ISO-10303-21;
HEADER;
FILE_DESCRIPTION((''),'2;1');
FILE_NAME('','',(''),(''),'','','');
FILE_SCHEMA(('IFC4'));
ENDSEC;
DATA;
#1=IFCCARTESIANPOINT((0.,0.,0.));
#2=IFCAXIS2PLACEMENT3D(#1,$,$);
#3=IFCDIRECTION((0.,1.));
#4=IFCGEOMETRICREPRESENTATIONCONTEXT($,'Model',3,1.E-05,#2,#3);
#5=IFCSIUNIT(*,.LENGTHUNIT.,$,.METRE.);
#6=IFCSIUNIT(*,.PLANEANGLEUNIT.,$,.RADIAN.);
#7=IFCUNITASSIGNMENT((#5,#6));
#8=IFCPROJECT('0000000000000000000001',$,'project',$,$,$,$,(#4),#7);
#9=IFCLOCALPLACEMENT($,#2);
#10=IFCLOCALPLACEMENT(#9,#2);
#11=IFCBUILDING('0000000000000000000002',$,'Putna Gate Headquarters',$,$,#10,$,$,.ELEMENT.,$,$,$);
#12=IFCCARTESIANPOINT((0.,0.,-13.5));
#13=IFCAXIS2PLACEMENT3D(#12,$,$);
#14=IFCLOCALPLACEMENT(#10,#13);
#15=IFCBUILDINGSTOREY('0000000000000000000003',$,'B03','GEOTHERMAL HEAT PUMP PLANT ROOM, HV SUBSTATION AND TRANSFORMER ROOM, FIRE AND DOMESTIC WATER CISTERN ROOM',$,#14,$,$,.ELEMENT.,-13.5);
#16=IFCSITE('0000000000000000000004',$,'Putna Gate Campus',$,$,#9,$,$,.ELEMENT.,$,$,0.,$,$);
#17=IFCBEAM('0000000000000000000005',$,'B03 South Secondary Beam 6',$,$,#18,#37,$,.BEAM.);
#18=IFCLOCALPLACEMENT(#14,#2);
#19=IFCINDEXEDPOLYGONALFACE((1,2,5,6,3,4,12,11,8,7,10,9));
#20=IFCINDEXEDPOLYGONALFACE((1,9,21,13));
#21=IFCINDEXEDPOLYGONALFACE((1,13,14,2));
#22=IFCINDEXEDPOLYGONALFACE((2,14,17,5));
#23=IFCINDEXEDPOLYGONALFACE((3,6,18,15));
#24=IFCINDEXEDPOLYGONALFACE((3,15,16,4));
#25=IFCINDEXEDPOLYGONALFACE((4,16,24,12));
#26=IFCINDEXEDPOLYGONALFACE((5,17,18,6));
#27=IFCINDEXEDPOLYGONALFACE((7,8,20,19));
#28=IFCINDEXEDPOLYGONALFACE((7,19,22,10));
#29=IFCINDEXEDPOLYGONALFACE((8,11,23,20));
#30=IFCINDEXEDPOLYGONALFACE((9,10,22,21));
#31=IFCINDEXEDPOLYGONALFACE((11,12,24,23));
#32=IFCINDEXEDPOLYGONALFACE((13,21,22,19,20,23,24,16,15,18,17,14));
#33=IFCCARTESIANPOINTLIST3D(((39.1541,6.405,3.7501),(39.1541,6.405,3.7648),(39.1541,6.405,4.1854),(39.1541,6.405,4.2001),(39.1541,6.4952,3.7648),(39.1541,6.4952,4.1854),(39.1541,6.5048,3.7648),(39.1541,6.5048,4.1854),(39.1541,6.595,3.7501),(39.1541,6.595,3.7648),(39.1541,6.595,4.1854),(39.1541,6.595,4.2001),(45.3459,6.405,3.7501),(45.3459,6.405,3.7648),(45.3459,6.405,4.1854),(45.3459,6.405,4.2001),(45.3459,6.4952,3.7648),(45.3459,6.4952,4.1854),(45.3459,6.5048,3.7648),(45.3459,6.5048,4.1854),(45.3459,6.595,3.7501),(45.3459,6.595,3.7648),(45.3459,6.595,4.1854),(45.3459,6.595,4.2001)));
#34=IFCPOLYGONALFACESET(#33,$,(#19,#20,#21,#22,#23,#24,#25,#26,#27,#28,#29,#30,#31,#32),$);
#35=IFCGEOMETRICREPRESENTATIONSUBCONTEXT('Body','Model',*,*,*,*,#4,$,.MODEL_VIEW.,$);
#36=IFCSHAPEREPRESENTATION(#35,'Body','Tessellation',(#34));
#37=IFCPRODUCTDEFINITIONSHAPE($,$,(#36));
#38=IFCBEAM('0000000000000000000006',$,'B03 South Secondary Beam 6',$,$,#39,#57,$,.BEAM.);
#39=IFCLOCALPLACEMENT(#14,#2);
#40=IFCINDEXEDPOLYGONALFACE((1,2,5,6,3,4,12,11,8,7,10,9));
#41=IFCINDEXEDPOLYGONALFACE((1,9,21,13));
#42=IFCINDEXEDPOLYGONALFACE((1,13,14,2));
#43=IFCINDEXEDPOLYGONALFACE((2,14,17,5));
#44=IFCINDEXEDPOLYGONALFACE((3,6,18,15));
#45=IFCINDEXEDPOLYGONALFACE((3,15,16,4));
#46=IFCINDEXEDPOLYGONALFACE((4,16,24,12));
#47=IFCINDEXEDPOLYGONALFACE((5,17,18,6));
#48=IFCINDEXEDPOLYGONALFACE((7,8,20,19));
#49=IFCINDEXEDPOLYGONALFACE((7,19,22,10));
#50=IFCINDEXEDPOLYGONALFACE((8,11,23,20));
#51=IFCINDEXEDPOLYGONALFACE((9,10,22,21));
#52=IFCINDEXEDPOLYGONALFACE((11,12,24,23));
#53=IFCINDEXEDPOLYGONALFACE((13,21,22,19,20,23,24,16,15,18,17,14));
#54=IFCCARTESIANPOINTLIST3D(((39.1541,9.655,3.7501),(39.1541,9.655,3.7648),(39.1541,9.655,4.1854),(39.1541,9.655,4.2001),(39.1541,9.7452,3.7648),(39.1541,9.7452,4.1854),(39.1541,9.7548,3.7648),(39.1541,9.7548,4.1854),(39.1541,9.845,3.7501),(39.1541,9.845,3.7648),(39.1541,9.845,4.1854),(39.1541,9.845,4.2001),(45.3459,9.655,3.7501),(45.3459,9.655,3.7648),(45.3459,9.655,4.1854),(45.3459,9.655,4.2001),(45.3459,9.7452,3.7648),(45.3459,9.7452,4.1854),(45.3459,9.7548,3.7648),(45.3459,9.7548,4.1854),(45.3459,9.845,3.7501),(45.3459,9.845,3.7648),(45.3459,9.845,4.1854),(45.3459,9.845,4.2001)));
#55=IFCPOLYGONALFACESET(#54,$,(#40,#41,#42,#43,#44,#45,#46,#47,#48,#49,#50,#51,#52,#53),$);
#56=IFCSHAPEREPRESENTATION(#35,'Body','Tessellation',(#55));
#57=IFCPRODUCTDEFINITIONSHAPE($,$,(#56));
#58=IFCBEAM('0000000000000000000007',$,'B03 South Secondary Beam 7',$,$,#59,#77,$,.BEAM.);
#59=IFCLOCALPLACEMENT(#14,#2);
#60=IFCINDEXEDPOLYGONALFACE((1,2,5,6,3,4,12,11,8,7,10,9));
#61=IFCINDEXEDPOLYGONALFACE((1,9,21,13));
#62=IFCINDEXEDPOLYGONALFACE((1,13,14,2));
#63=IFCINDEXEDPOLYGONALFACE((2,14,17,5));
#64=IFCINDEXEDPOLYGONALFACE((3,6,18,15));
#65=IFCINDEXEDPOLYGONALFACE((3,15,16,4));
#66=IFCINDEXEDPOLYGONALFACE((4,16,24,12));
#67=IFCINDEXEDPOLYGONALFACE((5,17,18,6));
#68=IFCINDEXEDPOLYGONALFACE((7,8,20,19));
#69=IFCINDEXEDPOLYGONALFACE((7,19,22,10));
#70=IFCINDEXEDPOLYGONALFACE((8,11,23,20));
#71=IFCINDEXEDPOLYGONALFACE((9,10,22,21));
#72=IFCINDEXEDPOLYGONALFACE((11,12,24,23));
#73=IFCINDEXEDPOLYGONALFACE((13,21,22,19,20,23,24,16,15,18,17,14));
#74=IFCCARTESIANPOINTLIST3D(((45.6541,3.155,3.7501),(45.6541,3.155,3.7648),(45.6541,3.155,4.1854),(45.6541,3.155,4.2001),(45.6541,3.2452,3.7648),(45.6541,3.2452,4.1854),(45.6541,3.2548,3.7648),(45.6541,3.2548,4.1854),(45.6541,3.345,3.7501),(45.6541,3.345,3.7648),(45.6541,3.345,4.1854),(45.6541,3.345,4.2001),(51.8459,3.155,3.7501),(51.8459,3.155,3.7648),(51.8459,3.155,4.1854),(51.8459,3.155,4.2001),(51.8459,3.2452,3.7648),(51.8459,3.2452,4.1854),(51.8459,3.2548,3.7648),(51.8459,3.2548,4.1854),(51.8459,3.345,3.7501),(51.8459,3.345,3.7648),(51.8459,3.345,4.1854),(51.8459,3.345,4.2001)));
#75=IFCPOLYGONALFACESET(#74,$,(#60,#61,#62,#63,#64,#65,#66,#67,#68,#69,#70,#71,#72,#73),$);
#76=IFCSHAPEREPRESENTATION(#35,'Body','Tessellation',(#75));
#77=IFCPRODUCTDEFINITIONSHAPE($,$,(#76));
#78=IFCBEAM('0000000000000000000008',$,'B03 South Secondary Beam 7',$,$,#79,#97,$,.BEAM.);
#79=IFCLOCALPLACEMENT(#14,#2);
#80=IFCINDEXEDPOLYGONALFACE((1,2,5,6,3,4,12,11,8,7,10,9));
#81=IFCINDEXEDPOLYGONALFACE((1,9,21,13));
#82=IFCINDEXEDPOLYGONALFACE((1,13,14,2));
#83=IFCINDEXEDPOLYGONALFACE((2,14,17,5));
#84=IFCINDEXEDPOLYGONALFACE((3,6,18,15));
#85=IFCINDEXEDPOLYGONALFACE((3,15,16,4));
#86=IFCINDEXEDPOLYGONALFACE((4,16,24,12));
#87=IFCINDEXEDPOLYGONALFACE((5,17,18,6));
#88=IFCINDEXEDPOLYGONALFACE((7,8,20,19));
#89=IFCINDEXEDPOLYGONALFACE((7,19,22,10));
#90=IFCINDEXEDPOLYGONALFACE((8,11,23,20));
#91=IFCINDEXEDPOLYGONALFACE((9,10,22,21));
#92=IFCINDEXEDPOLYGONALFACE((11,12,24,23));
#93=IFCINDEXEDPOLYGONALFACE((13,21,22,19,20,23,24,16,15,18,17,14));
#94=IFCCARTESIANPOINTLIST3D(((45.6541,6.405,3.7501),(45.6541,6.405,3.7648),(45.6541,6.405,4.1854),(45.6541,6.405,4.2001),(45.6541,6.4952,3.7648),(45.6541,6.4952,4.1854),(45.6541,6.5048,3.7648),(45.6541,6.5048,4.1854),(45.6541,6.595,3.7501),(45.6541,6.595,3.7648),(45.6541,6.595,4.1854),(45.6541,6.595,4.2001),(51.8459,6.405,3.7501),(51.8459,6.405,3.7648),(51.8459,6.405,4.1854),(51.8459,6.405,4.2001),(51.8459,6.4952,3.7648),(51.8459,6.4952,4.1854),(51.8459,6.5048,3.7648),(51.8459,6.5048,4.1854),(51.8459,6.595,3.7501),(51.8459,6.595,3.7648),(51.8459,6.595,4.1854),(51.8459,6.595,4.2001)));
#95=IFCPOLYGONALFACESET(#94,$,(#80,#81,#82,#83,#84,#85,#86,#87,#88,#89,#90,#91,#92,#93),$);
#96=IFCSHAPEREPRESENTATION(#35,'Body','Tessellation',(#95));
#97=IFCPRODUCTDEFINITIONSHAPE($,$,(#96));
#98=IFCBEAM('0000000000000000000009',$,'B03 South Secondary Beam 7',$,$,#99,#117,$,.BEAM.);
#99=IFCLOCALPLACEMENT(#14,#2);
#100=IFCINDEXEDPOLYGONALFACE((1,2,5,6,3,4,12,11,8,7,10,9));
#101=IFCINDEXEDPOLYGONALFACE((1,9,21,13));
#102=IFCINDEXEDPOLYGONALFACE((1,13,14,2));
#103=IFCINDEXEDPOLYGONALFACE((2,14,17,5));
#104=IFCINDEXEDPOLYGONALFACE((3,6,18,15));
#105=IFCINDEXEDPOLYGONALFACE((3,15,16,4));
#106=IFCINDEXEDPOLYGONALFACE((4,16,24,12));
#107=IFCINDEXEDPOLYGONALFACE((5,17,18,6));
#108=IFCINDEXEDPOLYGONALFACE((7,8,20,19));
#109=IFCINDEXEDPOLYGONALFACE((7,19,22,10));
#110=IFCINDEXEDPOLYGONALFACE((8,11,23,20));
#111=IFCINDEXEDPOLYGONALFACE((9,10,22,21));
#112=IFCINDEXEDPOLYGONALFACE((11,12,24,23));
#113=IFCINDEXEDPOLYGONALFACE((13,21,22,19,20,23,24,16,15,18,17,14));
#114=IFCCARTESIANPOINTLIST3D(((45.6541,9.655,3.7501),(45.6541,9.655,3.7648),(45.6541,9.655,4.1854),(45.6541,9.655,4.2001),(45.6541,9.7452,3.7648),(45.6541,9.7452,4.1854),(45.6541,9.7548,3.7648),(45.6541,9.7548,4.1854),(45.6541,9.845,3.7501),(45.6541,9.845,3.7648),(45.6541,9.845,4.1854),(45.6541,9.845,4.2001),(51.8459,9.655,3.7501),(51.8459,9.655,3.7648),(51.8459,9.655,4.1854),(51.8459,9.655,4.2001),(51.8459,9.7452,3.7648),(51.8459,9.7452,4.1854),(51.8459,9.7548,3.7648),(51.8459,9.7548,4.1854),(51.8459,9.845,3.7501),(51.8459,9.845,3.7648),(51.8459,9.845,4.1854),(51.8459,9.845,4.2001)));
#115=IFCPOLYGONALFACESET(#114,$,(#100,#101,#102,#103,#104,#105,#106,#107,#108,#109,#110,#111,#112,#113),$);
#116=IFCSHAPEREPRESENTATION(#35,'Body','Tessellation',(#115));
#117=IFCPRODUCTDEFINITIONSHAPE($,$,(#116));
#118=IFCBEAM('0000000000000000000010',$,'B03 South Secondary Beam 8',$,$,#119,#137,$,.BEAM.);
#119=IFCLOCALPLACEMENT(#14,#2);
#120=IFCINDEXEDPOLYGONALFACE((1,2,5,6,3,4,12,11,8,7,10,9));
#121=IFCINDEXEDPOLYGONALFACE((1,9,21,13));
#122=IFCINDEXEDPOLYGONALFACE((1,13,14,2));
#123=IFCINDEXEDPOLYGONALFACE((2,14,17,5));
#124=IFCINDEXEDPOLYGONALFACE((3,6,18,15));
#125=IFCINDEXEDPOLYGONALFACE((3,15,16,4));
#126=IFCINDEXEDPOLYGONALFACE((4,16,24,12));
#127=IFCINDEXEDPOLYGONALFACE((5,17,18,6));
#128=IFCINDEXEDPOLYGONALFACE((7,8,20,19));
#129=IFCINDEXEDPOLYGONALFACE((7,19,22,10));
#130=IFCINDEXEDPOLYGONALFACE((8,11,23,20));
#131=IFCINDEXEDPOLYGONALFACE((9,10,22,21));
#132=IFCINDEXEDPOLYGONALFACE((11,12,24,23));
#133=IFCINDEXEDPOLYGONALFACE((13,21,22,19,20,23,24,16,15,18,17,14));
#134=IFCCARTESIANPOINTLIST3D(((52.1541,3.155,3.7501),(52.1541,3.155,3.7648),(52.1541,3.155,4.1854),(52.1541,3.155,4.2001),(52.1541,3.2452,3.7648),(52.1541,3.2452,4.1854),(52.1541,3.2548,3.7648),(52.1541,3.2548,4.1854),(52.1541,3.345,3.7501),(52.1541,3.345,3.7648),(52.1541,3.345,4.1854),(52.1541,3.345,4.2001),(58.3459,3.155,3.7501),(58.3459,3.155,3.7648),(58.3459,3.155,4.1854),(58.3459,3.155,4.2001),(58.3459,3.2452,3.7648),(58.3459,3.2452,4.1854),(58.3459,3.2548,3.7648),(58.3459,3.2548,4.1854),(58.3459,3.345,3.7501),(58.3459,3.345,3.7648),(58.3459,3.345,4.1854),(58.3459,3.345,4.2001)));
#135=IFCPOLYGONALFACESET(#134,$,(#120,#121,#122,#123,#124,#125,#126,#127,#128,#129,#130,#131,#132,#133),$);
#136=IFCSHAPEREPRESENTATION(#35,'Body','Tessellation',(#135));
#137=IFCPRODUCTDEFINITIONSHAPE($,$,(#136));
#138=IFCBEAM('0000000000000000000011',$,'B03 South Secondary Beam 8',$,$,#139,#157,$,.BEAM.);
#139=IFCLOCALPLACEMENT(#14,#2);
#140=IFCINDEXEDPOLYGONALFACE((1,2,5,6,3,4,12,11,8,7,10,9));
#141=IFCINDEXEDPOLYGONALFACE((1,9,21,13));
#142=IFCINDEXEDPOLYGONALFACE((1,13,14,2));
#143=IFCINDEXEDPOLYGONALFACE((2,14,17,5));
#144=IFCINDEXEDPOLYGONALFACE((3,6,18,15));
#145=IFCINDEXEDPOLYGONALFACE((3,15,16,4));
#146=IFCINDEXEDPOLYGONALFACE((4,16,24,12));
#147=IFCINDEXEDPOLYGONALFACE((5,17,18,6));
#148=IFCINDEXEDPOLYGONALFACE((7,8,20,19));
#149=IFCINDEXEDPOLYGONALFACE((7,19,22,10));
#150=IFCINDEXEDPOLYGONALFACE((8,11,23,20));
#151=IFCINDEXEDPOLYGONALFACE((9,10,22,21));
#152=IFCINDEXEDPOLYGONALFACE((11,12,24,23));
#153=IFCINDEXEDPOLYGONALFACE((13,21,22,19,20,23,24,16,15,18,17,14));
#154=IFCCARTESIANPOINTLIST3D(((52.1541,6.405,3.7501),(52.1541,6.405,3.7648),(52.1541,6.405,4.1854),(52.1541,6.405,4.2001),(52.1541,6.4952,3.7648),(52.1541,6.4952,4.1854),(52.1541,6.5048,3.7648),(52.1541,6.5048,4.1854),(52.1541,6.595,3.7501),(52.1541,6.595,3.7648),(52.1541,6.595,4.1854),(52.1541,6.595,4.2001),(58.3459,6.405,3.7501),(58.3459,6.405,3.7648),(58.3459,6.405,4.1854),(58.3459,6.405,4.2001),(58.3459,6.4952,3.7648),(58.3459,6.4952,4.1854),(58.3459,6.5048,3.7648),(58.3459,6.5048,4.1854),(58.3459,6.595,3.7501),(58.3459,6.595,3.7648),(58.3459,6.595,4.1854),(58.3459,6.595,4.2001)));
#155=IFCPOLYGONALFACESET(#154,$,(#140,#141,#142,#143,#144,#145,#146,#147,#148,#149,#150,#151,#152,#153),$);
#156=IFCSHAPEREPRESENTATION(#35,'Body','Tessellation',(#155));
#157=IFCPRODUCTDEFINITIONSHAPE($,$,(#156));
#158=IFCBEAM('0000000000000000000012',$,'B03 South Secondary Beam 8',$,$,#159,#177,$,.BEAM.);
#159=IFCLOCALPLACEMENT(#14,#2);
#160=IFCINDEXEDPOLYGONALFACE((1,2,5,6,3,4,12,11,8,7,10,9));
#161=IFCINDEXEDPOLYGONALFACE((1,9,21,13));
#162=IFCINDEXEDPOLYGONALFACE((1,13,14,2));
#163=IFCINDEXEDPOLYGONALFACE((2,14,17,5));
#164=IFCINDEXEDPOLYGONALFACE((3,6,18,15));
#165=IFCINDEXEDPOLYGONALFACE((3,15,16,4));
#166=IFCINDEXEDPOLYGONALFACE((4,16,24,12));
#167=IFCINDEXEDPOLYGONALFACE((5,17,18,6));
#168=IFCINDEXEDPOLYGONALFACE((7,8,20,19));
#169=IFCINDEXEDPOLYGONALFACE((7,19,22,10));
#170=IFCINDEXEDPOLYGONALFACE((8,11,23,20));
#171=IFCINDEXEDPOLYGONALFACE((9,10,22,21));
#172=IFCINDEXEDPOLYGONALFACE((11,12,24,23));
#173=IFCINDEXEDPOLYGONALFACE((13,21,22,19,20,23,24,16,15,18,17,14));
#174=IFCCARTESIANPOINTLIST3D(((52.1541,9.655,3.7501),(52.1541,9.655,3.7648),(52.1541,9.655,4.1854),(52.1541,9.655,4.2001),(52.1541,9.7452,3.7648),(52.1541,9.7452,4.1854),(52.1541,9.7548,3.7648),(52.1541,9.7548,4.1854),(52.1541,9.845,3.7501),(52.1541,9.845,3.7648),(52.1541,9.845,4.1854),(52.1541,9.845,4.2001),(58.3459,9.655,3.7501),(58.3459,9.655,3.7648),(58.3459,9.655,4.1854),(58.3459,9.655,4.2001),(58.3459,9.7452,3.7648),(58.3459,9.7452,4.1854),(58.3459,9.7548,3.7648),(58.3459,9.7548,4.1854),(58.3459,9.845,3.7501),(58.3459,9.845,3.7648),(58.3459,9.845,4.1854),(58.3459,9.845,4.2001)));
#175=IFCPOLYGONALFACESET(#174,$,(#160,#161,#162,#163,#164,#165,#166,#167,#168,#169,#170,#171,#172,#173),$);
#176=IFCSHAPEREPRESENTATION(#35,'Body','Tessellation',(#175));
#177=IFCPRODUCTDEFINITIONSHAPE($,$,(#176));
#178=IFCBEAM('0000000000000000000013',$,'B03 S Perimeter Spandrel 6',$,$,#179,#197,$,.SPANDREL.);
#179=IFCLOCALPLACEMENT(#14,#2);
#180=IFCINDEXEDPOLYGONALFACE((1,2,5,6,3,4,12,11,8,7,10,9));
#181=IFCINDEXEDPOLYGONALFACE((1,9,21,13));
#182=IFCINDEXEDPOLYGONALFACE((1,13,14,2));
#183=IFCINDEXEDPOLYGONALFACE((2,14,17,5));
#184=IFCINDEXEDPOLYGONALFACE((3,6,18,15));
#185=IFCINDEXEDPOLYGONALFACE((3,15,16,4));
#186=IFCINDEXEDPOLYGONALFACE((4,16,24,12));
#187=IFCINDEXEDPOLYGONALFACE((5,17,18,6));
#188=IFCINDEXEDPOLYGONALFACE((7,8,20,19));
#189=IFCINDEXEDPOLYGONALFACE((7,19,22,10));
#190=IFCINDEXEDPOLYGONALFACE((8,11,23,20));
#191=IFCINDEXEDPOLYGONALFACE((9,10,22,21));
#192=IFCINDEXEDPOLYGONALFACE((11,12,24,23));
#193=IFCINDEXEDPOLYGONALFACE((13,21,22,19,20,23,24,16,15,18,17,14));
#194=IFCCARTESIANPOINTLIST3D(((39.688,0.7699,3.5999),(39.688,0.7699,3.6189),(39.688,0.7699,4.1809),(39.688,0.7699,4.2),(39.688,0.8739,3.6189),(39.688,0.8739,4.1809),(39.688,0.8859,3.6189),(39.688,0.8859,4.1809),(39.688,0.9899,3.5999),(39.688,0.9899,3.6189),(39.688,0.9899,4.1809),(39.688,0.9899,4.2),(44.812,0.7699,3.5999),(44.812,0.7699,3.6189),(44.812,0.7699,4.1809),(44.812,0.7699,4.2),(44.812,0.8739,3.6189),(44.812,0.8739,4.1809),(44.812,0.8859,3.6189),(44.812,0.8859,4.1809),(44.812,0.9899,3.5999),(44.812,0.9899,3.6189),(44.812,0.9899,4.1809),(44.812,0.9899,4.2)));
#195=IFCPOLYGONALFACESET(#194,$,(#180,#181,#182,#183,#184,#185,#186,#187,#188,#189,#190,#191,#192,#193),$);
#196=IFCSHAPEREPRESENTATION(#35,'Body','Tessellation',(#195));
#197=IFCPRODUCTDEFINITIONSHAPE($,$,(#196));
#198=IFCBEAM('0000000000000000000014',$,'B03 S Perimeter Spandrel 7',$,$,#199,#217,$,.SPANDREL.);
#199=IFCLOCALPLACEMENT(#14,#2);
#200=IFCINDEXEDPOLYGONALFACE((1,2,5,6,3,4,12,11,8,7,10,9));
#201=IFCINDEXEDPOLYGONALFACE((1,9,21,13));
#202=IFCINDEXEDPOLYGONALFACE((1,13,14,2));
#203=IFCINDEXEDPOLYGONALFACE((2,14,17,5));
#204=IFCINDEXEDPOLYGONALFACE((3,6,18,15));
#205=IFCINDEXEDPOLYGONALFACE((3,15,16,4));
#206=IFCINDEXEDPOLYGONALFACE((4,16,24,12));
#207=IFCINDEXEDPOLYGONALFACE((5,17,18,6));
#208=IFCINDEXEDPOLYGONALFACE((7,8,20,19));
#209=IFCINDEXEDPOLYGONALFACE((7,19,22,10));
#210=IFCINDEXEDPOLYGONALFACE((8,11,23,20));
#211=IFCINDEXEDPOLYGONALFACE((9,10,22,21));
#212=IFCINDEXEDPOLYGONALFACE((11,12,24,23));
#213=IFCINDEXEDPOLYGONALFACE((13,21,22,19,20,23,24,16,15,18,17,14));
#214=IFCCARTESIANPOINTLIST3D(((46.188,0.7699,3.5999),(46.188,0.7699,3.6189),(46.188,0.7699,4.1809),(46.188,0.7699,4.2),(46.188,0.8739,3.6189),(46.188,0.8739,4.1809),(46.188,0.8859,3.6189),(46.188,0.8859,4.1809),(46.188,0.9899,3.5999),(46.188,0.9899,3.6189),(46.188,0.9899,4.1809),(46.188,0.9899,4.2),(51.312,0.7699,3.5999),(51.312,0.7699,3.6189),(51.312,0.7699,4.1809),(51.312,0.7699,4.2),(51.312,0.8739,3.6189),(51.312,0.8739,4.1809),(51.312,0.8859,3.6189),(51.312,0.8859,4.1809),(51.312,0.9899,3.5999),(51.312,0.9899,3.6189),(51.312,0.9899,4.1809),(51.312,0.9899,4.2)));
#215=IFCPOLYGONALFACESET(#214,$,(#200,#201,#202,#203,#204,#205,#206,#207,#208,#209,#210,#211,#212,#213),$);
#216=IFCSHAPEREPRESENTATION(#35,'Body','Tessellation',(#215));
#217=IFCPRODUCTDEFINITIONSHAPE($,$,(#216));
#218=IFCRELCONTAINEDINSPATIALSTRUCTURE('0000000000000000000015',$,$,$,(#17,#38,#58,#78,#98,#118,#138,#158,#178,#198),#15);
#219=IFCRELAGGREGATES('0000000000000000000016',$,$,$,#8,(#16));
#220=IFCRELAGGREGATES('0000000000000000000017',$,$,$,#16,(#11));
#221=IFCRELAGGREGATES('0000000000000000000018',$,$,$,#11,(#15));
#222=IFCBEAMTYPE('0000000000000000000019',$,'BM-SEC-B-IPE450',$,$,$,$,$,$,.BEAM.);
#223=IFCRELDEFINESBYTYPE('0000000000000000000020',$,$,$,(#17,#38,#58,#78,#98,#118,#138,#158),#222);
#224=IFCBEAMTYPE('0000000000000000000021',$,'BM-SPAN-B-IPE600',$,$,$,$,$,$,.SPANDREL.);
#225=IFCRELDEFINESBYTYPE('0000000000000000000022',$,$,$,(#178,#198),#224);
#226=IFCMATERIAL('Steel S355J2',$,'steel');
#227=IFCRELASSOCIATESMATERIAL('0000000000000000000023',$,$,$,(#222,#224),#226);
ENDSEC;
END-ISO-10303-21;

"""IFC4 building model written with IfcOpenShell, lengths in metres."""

from ifc_helpers import new_model, si_unit, direction, frame, origin, origin_2d, place, context, subcontext, project, spatial, i_section, extrude, material, material_profile, profile_set, type_object, element, save


model = new_model("IFC4")

# Units and contexts
model_context = context("Model", 3, precision=1e-05, world=origin(), true_north=direction((0.0, 1.0)))
body_context = subcontext(model_context, "Body", "Model", "MODEL_VIEW")
ifc_project = project(units=[si_unit("LENGTHUNIT", "METRE"), si_unit("PLANEANGLEUNIT", "RADIAN")], contexts=[model_context])

# Site, building, storey
site_placement = place(None, origin())
site = spatial("IfcSite", under=ifc_project, at=site_placement, Name="Putna Gate Campus", CompositionType="ELEMENT", RefElevation=0.0)
building_placement = place(site_placement, origin())
building = spatial("IfcBuilding", under=site, at=building_placement, Name="Putna Gate Headquarters", CompositionType="ELEMENT")
storey_placement = place(building_placement, frame((0.0, 0.0, -13.5)))
storey = spatial("IfcBuildingStorey", under=building, at=storey_placement, Name="B03", Description="GEOTHERMAL HEAT PUMP PLANT ROOM, HV SUBSTATION AND TRANSFORMER ROOM, FIRE AND DOMESTIC WATER CISTERN ROOM", CompositionType="ELEMENT", Elevation=-13.5)

# Beams
ifc_material_1 = material(Name="Steel S355J2", Category="steel")
ifc_material_profile_1 = material_profile(ifc_material_1, i_section(OverallWidth=0.1899, OverallDepth=0.45, WebThickness=0.0095, FlangeThickness=0.0146, at=origin_2d()), Name="Steel S355J2")
ifc_profile_set_1 = profile_set([ifc_material_profile_1], Name="Steel S355J2")
beam_type_1 = type_object("IfcBeamType", Name="BM-SEC-B-IPE450", PredefinedType="BEAM", material=ifc_profile_set_1)
for number, where, z_axis, x_axis, name in (
    (1, (39.1541, 6.5, 3.9751), (1.0, 0.0, 0.0), (0.0, 1.0, 0.0), "B03 South Secondary Beam 6"),
    (2, (39.1541, 9.75, 3.9751), (1.0, 0.0, 0.0), (0.0, 1.0, 0.0), "B03 South Secondary Beam 6"),
    (3, (45.6541, 3.25, 3.9751), (1.0, 0.0, 0.0), (0.0, 1.0, 0.0), "B03 South Secondary Beam 7"),
    (4, (45.6541, 6.5, 3.9751), (1.0, 0.0, 0.0), (0.0, 1.0, 0.0), "B03 South Secondary Beam 7"),
    (5, (45.6541, 9.75, 3.9751), (1.0, 0.0, 0.0), (0.0, 1.0, 0.0), "B03 South Secondary Beam 7"),
    (6, (52.1541, 3.25, 3.9751), (1.0, 0.0, 0.0), (0.0, 1.0, 0.0), "B03 South Secondary Beam 8"),
    (7, (52.1541, 6.5, 3.9751), (1.0, 0.0, 0.0), (0.0, 1.0, 0.0), "B03 South Secondary Beam 8"),
    (8, (52.1541, 9.75, 3.9751), (1.0, 0.0, 0.0), (0.0, 1.0, 0.0), "B03 South Secondary Beam 8"),
):
    element("IfcBeam", number, at=place(storey_placement, frame(where, z_axis=z_axis, x_axis=x_axis)), inside=storey, type_object=beam_type_1, Name=name, PredefinedType="BEAM", context=body_context, shape_type="SweptSolid", body=[
        extrude(i_section(OverallWidth=0.1899, OverallDepth=0.45, WebThickness=0.0095, FlangeThickness=0.0146, at=origin_2d()), origin(), (0.0, 0.0, 1.0), 6.1919),
    ])
ifc_material_profile_2 = material_profile(ifc_material_1, i_section(OverallWidth=0.22, OverallDepth=0.6001, WebThickness=0.012, FlangeThickness=0.019, at=origin_2d()), Name="Steel S355J2")
ifc_profile_set_2 = profile_set([ifc_material_profile_2], Name="Steel S355J2")
beam_type_2 = type_object("IfcBeamType", Name="BM-SPAN-B-IPE600", PredefinedType="SPANDREL", material=ifc_profile_set_2)
for number, where, z_axis, x_axis, name in (
    (9, (39.688, 0.8799, 3.8999), (1.0, 0.0, 0.0), (0.0, 1.0, 0.0), "B03 S Perimeter Spandrel 6"),
    (10, (46.188, 0.8799, 3.8999), (1.0, 0.0, 0.0), (0.0, 1.0, 0.0), "B03 S Perimeter Spandrel 7"),
):
    element("IfcBeam", number, at=place(storey_placement, frame(where, z_axis=z_axis, x_axis=x_axis)), inside=storey, type_object=beam_type_2, Name=name, PredefinedType="SPANDREL", context=body_context, shape_type="SweptSolid", body=[
        extrude(i_section(OverallWidth=0.22, OverallDepth=0.6001, WebThickness=0.012, FlangeThickness=0.019, at=origin_2d()), origin(), (0.0, 0.0, 1.0), 5.124),
    ])

save(model, "model.ifc")
